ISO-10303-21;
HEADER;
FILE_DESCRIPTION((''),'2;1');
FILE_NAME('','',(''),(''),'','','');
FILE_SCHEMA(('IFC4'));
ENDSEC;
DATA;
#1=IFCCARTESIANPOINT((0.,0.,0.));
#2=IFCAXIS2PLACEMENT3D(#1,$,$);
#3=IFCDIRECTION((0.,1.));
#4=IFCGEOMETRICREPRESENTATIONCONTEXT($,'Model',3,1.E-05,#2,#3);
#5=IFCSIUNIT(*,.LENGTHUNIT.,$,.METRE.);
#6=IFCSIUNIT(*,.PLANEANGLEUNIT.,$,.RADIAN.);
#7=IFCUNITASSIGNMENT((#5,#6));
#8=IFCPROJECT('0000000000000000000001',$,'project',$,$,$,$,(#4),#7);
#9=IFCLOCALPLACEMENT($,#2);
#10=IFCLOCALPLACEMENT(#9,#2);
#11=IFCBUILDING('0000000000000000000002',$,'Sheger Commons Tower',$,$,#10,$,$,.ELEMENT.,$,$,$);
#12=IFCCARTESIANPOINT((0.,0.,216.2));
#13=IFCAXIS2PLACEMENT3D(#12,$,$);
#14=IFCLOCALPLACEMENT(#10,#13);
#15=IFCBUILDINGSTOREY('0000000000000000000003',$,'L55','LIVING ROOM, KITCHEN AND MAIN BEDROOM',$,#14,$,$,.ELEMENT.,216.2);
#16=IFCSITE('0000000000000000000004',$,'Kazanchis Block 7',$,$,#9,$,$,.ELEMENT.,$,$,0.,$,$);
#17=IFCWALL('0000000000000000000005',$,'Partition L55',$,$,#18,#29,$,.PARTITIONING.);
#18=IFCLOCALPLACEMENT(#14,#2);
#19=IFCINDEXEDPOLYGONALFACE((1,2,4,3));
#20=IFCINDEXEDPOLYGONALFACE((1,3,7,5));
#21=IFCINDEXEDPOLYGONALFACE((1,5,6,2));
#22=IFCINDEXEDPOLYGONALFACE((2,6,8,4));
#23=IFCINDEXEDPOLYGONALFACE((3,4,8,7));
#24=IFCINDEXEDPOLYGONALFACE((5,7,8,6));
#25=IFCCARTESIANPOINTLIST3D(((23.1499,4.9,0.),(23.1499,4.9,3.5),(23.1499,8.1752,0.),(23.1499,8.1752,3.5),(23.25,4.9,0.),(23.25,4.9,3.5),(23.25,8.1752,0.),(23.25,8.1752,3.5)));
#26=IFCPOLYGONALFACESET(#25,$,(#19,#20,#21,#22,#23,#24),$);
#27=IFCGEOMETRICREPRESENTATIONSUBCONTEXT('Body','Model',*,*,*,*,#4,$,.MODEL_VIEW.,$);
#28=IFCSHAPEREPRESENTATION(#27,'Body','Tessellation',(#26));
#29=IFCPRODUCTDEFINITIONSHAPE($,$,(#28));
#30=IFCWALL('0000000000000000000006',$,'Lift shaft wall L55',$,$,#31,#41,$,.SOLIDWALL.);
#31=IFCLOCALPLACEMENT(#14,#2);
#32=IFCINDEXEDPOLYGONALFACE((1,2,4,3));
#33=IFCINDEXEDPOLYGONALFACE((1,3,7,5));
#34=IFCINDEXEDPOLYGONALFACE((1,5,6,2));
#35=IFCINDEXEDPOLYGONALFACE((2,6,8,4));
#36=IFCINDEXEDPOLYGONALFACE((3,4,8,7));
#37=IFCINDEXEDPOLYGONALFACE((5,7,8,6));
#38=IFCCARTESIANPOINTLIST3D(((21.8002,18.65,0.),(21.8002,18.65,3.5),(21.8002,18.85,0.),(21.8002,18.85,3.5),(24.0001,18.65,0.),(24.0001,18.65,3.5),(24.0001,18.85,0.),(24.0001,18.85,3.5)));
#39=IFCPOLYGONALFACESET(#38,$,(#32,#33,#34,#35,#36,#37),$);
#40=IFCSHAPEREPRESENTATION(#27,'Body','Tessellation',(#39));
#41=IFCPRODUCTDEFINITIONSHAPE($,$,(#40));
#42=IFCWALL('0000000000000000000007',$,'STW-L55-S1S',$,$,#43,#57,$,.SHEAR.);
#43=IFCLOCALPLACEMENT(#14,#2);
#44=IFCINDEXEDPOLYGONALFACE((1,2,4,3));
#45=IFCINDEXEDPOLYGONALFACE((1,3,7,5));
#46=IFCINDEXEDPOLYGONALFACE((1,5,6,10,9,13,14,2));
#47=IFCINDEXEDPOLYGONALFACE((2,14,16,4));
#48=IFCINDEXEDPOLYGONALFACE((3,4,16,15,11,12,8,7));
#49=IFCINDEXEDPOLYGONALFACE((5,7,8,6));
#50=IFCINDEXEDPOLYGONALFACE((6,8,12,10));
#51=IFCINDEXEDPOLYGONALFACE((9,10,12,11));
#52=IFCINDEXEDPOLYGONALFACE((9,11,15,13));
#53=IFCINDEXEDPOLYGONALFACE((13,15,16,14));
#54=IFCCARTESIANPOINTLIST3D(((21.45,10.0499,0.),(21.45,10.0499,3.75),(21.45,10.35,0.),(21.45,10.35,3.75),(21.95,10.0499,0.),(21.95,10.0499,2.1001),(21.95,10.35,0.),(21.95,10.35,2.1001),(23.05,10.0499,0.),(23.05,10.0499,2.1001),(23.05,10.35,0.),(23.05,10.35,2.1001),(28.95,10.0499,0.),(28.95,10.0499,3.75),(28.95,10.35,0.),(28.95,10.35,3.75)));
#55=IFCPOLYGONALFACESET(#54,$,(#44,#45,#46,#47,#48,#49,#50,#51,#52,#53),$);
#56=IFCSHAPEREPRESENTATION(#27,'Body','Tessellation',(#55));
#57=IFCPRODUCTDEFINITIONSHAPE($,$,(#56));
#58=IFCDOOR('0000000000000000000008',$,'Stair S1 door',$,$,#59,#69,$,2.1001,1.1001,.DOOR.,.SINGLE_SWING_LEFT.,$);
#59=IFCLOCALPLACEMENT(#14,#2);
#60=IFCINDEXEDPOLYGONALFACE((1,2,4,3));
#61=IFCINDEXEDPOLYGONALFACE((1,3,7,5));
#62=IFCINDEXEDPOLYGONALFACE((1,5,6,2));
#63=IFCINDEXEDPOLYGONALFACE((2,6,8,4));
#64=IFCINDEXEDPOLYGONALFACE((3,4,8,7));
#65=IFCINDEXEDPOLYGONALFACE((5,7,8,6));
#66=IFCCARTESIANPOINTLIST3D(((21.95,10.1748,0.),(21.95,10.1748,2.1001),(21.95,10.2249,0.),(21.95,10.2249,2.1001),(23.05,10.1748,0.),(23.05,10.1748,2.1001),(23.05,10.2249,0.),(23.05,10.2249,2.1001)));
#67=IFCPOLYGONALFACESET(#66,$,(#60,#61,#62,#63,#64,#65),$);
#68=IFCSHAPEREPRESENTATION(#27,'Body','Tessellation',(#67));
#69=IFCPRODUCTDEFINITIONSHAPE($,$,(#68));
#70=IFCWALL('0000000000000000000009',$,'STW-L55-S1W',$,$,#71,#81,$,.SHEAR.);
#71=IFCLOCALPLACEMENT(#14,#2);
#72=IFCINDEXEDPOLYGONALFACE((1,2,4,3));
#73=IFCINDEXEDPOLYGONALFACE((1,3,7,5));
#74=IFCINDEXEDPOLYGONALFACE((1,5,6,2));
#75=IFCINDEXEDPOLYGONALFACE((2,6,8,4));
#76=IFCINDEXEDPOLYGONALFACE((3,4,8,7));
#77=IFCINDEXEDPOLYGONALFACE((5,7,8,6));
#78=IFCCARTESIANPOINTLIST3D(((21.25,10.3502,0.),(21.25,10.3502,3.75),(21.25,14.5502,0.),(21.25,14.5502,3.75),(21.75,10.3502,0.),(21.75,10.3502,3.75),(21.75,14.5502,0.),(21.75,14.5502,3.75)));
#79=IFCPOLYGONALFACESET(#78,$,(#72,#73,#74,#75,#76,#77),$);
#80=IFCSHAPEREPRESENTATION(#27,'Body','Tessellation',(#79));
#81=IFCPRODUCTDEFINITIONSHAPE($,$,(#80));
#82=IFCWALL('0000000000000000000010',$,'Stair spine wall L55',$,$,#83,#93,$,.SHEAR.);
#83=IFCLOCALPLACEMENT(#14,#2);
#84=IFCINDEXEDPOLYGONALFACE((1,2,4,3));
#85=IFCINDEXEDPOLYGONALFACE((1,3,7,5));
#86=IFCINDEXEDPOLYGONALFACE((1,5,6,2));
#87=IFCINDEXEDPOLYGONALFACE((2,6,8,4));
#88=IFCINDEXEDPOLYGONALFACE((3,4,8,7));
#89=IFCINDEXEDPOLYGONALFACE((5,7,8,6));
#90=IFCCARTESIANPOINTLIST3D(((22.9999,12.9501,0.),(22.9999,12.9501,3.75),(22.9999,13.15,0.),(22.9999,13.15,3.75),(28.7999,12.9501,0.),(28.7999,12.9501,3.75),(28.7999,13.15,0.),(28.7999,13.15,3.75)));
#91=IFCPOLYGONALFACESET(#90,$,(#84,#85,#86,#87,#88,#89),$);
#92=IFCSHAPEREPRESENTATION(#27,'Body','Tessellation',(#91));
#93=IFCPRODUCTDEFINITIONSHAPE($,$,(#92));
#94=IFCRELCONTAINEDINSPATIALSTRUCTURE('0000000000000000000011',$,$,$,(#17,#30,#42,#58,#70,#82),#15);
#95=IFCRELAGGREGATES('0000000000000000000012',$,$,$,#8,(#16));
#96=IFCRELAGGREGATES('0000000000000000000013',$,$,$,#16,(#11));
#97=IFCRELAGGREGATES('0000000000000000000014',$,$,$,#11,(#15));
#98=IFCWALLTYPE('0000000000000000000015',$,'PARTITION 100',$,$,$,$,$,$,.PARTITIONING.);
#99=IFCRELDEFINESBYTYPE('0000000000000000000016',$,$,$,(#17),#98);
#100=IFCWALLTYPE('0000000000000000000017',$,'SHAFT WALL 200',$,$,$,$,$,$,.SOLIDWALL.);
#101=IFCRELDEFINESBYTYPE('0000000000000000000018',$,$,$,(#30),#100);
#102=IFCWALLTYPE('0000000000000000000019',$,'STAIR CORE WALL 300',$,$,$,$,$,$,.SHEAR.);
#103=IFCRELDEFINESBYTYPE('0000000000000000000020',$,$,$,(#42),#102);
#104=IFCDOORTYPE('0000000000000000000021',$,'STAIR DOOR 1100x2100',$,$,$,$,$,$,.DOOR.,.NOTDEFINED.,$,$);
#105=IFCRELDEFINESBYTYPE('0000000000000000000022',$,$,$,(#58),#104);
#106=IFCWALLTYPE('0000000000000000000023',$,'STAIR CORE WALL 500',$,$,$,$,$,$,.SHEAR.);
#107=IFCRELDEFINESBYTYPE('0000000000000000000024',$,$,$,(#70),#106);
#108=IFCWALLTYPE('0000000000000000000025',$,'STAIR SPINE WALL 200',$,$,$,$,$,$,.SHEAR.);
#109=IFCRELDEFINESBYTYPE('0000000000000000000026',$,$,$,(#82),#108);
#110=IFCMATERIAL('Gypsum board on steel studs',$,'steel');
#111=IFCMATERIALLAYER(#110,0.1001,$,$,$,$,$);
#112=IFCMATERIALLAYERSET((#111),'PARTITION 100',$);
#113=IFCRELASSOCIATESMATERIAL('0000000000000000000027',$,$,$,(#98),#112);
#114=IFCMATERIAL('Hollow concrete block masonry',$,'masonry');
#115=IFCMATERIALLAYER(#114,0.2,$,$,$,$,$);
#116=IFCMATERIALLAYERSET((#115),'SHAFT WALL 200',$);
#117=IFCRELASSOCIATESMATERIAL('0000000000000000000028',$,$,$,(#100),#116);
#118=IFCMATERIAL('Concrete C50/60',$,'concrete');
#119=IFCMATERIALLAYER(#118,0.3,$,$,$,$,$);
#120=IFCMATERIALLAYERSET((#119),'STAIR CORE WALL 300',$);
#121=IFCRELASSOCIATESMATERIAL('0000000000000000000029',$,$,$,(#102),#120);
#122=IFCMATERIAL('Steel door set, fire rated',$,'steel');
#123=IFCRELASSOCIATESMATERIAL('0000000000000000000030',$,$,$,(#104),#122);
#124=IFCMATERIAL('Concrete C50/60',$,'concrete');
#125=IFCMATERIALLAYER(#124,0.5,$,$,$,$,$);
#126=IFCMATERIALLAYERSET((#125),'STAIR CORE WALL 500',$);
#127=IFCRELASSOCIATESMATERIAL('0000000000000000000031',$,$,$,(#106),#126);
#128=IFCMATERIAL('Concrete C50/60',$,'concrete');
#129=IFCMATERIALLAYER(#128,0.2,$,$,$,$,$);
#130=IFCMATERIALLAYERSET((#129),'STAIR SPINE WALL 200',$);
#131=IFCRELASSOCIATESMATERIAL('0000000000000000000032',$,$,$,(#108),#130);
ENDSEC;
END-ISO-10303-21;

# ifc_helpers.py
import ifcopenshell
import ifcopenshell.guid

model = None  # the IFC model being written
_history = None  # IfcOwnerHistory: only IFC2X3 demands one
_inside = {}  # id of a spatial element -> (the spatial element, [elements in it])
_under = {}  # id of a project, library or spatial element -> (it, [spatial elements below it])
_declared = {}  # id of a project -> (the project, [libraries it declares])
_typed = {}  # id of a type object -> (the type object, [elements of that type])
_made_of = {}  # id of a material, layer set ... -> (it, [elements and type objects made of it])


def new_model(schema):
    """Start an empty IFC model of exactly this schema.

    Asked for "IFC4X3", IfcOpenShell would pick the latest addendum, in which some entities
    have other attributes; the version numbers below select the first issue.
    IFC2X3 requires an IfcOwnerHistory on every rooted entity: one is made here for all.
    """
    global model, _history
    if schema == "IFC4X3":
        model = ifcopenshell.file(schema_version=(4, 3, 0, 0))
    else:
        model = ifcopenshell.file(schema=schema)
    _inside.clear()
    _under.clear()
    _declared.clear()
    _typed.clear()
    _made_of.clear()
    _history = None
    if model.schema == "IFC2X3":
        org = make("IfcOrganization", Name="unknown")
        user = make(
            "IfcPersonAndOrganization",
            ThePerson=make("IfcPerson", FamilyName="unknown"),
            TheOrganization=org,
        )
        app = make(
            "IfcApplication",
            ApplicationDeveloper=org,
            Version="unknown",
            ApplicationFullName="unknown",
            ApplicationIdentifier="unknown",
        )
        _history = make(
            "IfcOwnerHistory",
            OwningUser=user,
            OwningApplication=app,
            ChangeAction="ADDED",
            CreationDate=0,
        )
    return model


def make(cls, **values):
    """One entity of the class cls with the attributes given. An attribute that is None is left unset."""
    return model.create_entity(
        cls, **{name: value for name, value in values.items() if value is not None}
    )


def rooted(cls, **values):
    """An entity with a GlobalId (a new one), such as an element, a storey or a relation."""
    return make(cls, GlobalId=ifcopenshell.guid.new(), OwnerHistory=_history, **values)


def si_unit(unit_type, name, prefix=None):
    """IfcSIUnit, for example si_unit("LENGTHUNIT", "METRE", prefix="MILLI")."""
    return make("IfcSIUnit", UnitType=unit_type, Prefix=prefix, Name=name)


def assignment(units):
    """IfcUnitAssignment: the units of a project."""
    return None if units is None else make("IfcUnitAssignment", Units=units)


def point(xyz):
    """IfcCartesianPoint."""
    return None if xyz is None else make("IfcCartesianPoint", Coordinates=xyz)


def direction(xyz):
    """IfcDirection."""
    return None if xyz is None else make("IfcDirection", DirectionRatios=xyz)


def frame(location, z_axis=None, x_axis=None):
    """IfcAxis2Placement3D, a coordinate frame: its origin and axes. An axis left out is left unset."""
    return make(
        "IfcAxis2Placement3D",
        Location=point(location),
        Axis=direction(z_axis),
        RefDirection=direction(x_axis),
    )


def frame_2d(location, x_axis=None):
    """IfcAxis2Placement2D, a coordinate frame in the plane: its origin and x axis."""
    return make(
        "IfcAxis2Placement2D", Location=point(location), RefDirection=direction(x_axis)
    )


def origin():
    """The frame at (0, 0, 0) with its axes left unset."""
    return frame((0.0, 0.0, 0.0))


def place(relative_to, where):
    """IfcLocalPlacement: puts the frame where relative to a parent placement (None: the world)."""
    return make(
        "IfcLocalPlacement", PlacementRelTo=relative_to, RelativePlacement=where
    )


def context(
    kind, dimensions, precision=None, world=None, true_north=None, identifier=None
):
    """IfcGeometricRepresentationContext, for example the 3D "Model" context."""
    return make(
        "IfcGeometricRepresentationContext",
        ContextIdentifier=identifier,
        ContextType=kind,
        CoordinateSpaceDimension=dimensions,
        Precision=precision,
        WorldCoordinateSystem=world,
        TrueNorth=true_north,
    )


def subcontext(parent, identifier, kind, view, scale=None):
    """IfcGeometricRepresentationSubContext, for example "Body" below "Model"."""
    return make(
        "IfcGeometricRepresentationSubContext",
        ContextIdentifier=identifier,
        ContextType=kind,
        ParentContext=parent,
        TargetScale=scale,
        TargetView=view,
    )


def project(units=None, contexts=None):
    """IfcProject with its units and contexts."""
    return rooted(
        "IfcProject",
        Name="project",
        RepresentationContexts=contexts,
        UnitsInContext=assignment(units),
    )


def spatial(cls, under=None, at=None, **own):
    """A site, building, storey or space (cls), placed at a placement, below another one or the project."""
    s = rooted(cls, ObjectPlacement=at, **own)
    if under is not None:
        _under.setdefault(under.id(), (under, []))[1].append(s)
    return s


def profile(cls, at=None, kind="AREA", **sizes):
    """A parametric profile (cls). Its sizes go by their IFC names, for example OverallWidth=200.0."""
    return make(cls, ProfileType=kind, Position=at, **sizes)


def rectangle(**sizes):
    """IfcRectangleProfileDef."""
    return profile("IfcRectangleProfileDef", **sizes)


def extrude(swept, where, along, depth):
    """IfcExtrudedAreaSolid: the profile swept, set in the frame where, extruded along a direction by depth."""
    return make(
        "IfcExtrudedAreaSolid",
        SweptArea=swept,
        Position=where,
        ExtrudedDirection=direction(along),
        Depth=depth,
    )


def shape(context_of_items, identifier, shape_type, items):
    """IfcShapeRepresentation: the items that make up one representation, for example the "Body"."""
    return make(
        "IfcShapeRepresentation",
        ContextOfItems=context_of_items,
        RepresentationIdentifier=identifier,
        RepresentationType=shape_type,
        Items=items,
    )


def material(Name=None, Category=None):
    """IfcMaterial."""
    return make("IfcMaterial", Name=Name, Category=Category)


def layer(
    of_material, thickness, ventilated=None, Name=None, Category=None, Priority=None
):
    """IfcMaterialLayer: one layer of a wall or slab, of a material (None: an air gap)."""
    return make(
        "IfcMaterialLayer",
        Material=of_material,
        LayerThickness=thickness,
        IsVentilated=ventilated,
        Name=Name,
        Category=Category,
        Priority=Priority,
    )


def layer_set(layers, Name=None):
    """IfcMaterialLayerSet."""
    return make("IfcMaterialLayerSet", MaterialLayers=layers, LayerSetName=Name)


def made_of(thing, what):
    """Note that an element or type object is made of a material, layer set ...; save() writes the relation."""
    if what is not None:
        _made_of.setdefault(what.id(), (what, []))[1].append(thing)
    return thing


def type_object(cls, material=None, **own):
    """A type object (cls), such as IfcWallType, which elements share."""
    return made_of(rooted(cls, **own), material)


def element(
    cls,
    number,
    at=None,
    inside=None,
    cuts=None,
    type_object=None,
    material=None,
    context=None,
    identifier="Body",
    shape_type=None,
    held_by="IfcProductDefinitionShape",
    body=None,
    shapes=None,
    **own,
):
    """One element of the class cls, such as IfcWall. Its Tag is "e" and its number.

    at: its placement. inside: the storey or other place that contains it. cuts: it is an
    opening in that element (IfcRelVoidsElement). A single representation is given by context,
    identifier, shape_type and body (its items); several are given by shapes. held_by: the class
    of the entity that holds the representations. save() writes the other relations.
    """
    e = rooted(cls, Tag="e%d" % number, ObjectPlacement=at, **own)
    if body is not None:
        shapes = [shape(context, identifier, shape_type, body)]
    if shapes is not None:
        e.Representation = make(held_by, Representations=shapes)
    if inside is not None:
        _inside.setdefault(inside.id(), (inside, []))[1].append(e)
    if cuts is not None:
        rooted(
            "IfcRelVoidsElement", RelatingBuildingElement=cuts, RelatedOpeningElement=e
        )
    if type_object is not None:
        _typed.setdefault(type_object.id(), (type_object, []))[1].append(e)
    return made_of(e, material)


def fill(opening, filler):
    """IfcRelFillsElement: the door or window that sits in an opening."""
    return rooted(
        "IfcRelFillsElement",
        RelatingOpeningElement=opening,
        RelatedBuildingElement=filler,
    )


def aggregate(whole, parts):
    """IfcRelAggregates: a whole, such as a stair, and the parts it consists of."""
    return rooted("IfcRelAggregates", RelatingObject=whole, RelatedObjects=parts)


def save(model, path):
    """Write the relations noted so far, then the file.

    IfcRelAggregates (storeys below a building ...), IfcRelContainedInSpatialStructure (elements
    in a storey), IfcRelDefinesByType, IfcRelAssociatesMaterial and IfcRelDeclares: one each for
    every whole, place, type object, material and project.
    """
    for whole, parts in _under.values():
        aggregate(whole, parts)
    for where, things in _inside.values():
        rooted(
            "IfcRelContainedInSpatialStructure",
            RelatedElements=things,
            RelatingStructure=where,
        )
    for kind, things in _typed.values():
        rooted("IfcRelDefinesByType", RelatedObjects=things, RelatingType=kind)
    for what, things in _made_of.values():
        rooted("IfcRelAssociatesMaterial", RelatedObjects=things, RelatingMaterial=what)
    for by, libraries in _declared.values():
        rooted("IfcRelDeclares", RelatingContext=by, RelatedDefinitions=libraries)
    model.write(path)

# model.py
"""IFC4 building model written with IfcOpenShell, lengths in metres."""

from ifc_helpers import new_model, si_unit, direction, frame, frame_2d, origin, place, context, subcontext, project, spatial, rectangle, extrude, material, layer, layer_set, type_object, element, fill, save


model = new_model("IFC4")

# Units and contexts
model_context = context("Model", 3, precision=1e-05, world=origin(), true_north=direction((0.0, 1.0)))
body_context = subcontext(model_context, "Body", "Model", "MODEL_VIEW")
ifc_project = project(units=[si_unit("LENGTHUNIT", "METRE"), si_unit("PLANEANGLEUNIT", "RADIAN")], contexts=[model_context])

# Site, building, storey
site_placement = place(None, origin())
site = spatial("IfcSite", under=ifc_project, at=site_placement, Name="Kazanchis Block 7", CompositionType="ELEMENT", RefElevation=0.0)
building_placement = place(site_placement, origin())
building = spatial("IfcBuilding", under=site, at=building_placement, Name="Sheger Commons Tower", CompositionType="ELEMENT")
storey_placement = place(building_placement, frame((0.0, 0.0, 216.2)))
storey = spatial("IfcBuildingStorey", under=building, at=storey_placement, Name="L55", Description="LIVING ROOM, KITCHEN AND MAIN BEDROOM", CompositionType="ELEMENT", Elevation=216.2)

# Walls
ifc_material_1 = material(Name="Gypsum board on steel studs", Category="steel")
ifc_layer_1 = layer(ifc_material_1, 0.1001)
ifc_layer_set_1 = layer_set([ifc_layer_1], Name="PARTITION 100")
wall_type_1 = type_object("IfcWallType", Name="PARTITION 100", PredefinedType="PARTITIONING", material=ifc_layer_set_1)
for number, where, z_axis, x_axis, name in (
    (1, (23.2, 4.8999, 0.0), (0.0, 0.0, 1.0), (0.0, 1.0, 0.0), "Partition L55"),
):
    element("IfcWall", number, at=place(storey_placement, frame(where, z_axis=z_axis, x_axis=x_axis)), inside=storey, type_object=wall_type_1, Name=name, PredefinedType="PARTITIONING", context=body_context, shape_type="SweptSolid", body=[
        extrude(rectangle(XDim=3.2751, YDim=0.1001, at=frame_2d((1.6377, 0.0))), origin(), (0.0, 0.0, 1.0), 3.5),
    ])
ifc_material_2 = material(Name="Hollow concrete block masonry", Category="masonry")
ifc_layer_2 = layer(ifc_material_2, 0.2)
ifc_layer_set_2 = layer_set([ifc_layer_2], Name="SHAFT WALL 200")
wall_type_2 = type_object("IfcWallType", Name="SHAFT WALL 200", PredefinedType="SOLIDWALL", material=ifc_layer_set_2)
wall_1_placement = place(storey_placement, frame((21.8, 18.75, 0.0), z_axis=(0.0, 0.0, 1.0), x_axis=(1.0, 0.0, 0.0)))
element("IfcWall", 2, at=wall_1_placement, inside=storey, type_object=wall_type_2, Name="Lift shaft wall L55", PredefinedType="SOLIDWALL", context=body_context, shape_type="SweptSolid", body=[
    extrude(rectangle(XDim=2.2, YDim=0.2, at=frame_2d((1.1001, 0.0))), origin(), (0.0, 0.0, 1.0), 3.5),
])

# Wall, opening, door
ifc_material_3 = material(Name="Concrete C50/60", Category="concrete")
ifc_layer_3 = layer(ifc_material_3, 0.3)
ifc_layer_set_3 = layer_set([ifc_layer_3], Name="STAIR CORE WALL 300")
wall_type_3 = type_object("IfcWallType", Name="STAIR CORE WALL 300", PredefinedType="SHEAR", material=ifc_layer_set_3)
wall_2_placement = place(storey_placement, frame((21.45, 10.2, 0.0), z_axis=(0.0, 0.0, 1.0), x_axis=(1.0, 0.0, 0.0)))
wall_2 = element("IfcWall", 3, at=wall_2_placement, inside=storey, type_object=wall_type_3, Name="STW-L55-S1S", PredefinedType="SHEAR", context=body_context, shape_type="SweptSolid", body=[
    extrude(rectangle(XDim=7.5, YDim=0.3, at=frame_2d((3.75, 0.0))), origin(), (0.0, 0.0, 1.0), 3.75),
])
opening_1_placement = place(wall_2_placement, frame((0.5, 0.0, 0.0)))
opening_1 = element("IfcOpeningElement", 4, at=opening_1_placement, cuts=wall_2, PredefinedType="OPENING", context=body_context, shape_type="SweptSolid", body=[
    extrude(rectangle(XDim=1.1001, YDim=2.1001, at=frame_2d((0.55, 1.05))), frame((0.0, 0.1599, 0.0), z_axis=(0.0, -1.0, 0.0), x_axis=(1.0, 0.0, 0.0)), (0.0, 0.0, 1.0), 0.3201),
])
ifc_material_4 = material(Name="Steel door set, fire rated", Category="steel")
door_type_1 = type_object("IfcDoorType", Name="STAIR DOOR 1100x2100", OperationType="NOTDEFINED", PredefinedType="DOOR", material=ifc_material_4)
door_1_placement = place(opening_1_placement, origin())
door_1 = element("IfcDoor", 5, at=door_1_placement, inside=storey, type_object=door_type_1, Name="Stair S1 door", OperationType="SINGLE_SWING_LEFT", OverallHeight=2.1001, OverallWidth=1.1001, PredefinedType="DOOR", context=body_context, shape_type="SweptSolid", body=[
    extrude(rectangle(XDim=1.1001, YDim=2.1001, at=frame_2d((0.55, 1.05))), frame((0.0, 0.0249, 0.0), z_axis=(0.0, -1.0, 0.0), x_axis=(1.0, 0.0, 0.0)), (0.0, 0.0, 1.0), 0.05),
])
fill(opening_1, door_1)

# Walls
ifc_material_5 = material(Name="Concrete C50/60", Category="concrete")
ifc_layer_4 = layer(ifc_material_5, 0.5)
ifc_layer_set_4 = layer_set([ifc_layer_4], Name="STAIR CORE WALL 500")
wall_type_4 = type_object("IfcWallType", Name="STAIR CORE WALL 500", PredefinedType="SHEAR", material=ifc_layer_set_4)
wall_3_placement = place(storey_placement, frame((21.5, 10.3501, 0.0), z_axis=(0.0, 0.0, 1.0), x_axis=(0.0, 1.0, 0.0)))
element("IfcWall", 6, at=wall_3_placement, inside=storey, type_object=wall_type_4, Name="STW-L55-S1W", PredefinedType="SHEAR", context=body_context, shape_type="SweptSolid", body=[
    extrude(rectangle(XDim=4.2, YDim=0.5, at=frame_2d((2.1001, 0.0))), origin(), (0.0, 0.0, 1.0), 3.75),
])
ifc_material_6 = material(Name="Concrete C50/60", Category="concrete")
ifc_layer_5 = layer(ifc_material_6, 0.2)
ifc_layer_set_5 = layer_set([ifc_layer_5], Name="STAIR SPINE WALL 200")
wall_type_5 = type_object("IfcWallType", Name="STAIR SPINE WALL 200", PredefinedType="SHEAR", material=ifc_layer_set_5)
wall_4_placement = place(storey_placement, frame((23.0, 13.05, 0.0), z_axis=(0.0, 0.0, 1.0), x_axis=(1.0, 0.0, 0.0)))
element("IfcWall", 7, at=wall_4_placement, inside=storey, type_object=wall_type_5, Name="Stair spine wall L55", PredefinedType="SHEAR", context=body_context, shape_type="SweptSolid", body=[
    extrude(rectangle(XDim=5.8, YDim=0.2, at=frame_2d((2.8999, 0.0))), origin(), (0.0, 0.0, 1.0), 3.75),
])

save(model, "model.ifc")
